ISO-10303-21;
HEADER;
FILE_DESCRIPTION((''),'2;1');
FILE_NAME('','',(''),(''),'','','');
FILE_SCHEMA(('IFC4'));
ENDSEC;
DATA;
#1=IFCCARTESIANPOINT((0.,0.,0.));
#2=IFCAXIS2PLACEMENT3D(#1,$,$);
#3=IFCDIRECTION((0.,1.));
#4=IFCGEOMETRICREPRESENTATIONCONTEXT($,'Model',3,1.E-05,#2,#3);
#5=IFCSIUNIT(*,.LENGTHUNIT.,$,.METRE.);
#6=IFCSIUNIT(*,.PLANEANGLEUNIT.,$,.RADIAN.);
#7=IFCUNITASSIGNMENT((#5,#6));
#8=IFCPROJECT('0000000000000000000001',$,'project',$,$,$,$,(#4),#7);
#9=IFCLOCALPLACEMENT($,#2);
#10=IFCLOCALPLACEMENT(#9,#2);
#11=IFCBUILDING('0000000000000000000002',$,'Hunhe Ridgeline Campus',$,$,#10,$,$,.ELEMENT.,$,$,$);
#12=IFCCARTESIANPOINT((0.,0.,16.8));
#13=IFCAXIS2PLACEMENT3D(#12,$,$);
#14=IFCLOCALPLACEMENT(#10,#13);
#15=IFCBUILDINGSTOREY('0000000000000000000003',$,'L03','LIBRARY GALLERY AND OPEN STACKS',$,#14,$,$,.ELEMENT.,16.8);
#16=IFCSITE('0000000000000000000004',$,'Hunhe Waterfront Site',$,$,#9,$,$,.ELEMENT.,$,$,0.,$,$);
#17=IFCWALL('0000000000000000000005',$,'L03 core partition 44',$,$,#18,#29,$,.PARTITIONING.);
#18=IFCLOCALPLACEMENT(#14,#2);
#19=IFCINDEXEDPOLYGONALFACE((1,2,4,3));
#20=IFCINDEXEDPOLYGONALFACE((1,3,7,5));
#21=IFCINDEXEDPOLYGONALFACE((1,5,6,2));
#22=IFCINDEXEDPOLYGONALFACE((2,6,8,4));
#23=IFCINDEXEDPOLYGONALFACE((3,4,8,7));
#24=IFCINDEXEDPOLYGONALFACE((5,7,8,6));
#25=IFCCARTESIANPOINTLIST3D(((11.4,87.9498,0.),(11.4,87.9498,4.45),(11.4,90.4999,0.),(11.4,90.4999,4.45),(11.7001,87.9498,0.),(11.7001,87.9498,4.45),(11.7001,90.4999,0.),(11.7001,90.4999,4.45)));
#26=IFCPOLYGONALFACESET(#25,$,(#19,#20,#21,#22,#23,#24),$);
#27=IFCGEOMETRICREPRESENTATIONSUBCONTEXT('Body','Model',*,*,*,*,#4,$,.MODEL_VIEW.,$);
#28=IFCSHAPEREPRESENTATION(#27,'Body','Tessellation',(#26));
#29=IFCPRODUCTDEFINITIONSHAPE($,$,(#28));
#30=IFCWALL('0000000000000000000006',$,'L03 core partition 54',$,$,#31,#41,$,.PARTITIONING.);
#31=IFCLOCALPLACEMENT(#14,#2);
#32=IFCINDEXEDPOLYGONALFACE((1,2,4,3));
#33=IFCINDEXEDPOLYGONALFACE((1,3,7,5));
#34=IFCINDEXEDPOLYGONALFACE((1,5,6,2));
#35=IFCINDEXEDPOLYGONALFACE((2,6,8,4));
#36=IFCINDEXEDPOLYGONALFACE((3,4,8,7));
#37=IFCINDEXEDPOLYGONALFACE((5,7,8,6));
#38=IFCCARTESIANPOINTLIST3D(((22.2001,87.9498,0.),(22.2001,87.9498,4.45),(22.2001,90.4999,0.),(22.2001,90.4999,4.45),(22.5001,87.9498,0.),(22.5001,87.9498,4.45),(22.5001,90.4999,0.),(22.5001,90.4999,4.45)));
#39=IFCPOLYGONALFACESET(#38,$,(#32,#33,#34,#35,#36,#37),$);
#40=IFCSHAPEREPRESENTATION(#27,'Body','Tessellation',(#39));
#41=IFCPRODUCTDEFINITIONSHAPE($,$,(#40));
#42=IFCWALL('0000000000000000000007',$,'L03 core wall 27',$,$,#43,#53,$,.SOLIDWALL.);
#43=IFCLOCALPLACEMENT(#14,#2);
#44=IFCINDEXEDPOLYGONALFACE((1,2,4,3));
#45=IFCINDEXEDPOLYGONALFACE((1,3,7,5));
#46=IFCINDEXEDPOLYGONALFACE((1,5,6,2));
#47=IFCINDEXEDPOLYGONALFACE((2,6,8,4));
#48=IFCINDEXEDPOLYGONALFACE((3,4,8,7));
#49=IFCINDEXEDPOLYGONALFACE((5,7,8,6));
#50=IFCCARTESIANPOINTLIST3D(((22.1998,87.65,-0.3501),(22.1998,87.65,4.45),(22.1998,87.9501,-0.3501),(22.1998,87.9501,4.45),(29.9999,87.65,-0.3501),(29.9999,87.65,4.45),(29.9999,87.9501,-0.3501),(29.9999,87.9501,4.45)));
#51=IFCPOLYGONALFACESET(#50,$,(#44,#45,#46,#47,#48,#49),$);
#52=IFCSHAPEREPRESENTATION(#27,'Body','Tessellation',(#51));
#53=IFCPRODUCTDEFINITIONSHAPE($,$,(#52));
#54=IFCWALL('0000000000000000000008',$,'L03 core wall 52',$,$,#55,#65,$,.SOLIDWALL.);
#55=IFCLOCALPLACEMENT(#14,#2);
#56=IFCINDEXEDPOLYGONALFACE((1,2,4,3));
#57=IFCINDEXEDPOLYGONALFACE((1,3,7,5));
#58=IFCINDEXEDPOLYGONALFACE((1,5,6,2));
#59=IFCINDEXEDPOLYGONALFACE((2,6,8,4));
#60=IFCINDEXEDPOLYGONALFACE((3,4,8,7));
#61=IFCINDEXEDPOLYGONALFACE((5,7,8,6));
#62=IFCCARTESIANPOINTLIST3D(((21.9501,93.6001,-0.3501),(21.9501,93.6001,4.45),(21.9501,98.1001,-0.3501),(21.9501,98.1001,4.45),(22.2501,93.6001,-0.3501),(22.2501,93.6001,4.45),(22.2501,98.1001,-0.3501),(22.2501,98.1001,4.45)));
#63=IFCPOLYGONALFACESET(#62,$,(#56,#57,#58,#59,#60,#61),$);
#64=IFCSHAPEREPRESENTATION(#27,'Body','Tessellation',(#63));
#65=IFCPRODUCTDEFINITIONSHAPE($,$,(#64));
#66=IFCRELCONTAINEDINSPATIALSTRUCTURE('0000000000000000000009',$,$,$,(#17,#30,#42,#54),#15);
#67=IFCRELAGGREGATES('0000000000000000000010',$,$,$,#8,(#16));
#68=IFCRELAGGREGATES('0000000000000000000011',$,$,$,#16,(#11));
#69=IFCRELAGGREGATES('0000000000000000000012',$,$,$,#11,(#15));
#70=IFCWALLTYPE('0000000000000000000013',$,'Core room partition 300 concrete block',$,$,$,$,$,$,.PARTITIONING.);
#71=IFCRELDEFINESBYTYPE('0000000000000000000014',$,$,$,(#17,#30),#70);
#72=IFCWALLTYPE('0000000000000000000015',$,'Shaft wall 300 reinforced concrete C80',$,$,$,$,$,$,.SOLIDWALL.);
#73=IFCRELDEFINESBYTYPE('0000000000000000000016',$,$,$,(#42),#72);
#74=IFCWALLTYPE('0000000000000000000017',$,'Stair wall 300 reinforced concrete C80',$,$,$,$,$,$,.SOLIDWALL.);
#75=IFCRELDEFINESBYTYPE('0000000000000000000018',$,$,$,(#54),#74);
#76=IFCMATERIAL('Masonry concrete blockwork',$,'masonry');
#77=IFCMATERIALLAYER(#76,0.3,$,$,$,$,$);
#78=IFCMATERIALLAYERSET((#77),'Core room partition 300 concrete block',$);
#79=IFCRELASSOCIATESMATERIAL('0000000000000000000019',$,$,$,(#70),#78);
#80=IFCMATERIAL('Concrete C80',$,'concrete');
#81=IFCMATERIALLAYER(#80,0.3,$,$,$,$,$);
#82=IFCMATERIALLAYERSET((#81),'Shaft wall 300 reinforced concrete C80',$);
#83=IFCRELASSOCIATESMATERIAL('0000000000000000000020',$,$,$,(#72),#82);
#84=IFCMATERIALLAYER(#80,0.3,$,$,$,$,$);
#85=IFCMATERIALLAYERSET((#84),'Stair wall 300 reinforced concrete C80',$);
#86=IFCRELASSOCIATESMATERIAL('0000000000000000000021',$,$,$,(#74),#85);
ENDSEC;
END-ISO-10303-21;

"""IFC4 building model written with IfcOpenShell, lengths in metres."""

from ifc_helpers import new_model, si_unit, direction, frame, frame_2d, origin, place, context, subcontext, project, spatial, rectangle, extrude, material, layer, layer_set, type_object, element, save


model = new_model("IFC4")

# Units and contexts
model_context = context("Model", 3, precision=1e-05, world=origin(), true_north=direction((0.0, 1.0)))
body_context = subcontext(model_context, "Body", "Model", "MODEL_VIEW")
ifc_project = project(units=[si_unit("LENGTHUNIT", "METRE"), si_unit("PLANEANGLEUNIT", "RADIAN")], contexts=[model_context])

# Site, building, storey
site_placement = place(None, origin())
site = spatial("IfcSite", under=ifc_project, at=site_placement, Name="Hunhe Waterfront Site", CompositionType="ELEMENT", RefElevation=0.0)
building_placement = place(site_placement, origin())
building = spatial("IfcBuilding", under=site, at=building_placement, Name="Hunhe Ridgeline Campus", CompositionType="ELEMENT")
storey_placement = place(building_placement, frame((0.0, 0.0, 16.8)))
storey = spatial("IfcBuildingStorey", under=building, at=storey_placement, Name="L03", Description="LIBRARY GALLERY AND OPEN STACKS", CompositionType="ELEMENT", Elevation=16.8)

# Walls
ifc_material_1 = material(Name="Masonry concrete blockwork", Category="masonry")
ifc_layer_1 = layer(ifc_material_1, 0.3)
ifc_layer_set_1 = layer_set([ifc_layer_1], Name="Core room partition 300 concrete block")
wall_type_1 = type_object("IfcWallType", Name="Core room partition 300 concrete block", PredefinedType="PARTITIONING", material=ifc_layer_set_1)
for number, where, z_axis, x_axis, name in (
    (1, (11.55, 87.95, 0.0), (0.0, 0.0, 1.0), (0.0, 1.0, 0.0), "L03 core partition 44"),
    (2, (22.3501, 87.95, 0.0), (0.0, 0.0, 1.0), (0.0, 1.0, 0.0), "L03 core partition 54"),
):
    element("IfcWall", number, at=place(storey_placement, frame(where, z_axis=z_axis, x_axis=x_axis)), inside=storey, type_object=wall_type_1, Name=name, PredefinedType="PARTITIONING", context=body_context, shape_type="SweptSolid", body=[
        extrude(rectangle(XDim=2.55, YDim=0.3, at=frame_2d((1.2749, 0.0))), origin(), (0.0, 0.0, 1.0), 4.45),
    ])
ifc_material_2 = material(Name="Concrete C80", Category="concrete")
ifc_layer_2 = layer(ifc_material_2, 0.3)
ifc_layer_set_2 = layer_set([ifc_layer_2], Name="Shaft wall 300 reinforced concrete C80")
wall_type_2 = type_object("IfcWallType", Name="Shaft wall 300 reinforced concrete C80", PredefinedType="SOLIDWALL", material=ifc_layer_set_2)
wall_1_placement = place(storey_placement, frame((22.2, 87.8, -0.3501), z_axis=(0.0, 0.0, 1.0), x_axis=(1.0, 0.0, 0.0)))
element("IfcWall", 3, at=wall_1_placement, inside=storey, type_object=wall_type_2, Name="L03 core wall 27", PredefinedType="SOLIDWALL", context=body_context, shape_type="SweptSolid", body=[
    extrude(rectangle(XDim=7.8, YDim=0.3, at=frame_2d((3.8999, 0.0))), origin(), (0.0, 0.0, 1.0), 4.8),
])

# Shared definitions
ifc_layer_3 = layer(ifc_material_2, 0.3)
ifc_layer_set_3 = layer_set([ifc_layer_3], Name="Stair wall 300 reinforced concrete C80")
wall_type_3 = type_object("IfcWallType", Name="Stair wall 300 reinforced concrete C80", PredefinedType="SOLIDWALL", material=ifc_layer_set_3)

# Wall
wall_2_placement = place(storey_placement, frame((22.1001, 93.6001, -0.3501), z_axis=(0.0, 0.0, 1.0), x_axis=(0.0, 1.0, 0.0)))
element("IfcWall", 4, at=wall_2_placement, inside=storey, type_object=wall_type_3, Name="L03 core wall 52", PredefinedType="SOLIDWALL", context=body_context, shape_type="SweptSolid", body=[
    extrude(rectangle(XDim=4.5, YDim=0.3, at=frame_2d((2.25, 0.0))), origin(), (0.0, 0.0, 1.0), 4.8),
])

save(model, "model.ifc")
